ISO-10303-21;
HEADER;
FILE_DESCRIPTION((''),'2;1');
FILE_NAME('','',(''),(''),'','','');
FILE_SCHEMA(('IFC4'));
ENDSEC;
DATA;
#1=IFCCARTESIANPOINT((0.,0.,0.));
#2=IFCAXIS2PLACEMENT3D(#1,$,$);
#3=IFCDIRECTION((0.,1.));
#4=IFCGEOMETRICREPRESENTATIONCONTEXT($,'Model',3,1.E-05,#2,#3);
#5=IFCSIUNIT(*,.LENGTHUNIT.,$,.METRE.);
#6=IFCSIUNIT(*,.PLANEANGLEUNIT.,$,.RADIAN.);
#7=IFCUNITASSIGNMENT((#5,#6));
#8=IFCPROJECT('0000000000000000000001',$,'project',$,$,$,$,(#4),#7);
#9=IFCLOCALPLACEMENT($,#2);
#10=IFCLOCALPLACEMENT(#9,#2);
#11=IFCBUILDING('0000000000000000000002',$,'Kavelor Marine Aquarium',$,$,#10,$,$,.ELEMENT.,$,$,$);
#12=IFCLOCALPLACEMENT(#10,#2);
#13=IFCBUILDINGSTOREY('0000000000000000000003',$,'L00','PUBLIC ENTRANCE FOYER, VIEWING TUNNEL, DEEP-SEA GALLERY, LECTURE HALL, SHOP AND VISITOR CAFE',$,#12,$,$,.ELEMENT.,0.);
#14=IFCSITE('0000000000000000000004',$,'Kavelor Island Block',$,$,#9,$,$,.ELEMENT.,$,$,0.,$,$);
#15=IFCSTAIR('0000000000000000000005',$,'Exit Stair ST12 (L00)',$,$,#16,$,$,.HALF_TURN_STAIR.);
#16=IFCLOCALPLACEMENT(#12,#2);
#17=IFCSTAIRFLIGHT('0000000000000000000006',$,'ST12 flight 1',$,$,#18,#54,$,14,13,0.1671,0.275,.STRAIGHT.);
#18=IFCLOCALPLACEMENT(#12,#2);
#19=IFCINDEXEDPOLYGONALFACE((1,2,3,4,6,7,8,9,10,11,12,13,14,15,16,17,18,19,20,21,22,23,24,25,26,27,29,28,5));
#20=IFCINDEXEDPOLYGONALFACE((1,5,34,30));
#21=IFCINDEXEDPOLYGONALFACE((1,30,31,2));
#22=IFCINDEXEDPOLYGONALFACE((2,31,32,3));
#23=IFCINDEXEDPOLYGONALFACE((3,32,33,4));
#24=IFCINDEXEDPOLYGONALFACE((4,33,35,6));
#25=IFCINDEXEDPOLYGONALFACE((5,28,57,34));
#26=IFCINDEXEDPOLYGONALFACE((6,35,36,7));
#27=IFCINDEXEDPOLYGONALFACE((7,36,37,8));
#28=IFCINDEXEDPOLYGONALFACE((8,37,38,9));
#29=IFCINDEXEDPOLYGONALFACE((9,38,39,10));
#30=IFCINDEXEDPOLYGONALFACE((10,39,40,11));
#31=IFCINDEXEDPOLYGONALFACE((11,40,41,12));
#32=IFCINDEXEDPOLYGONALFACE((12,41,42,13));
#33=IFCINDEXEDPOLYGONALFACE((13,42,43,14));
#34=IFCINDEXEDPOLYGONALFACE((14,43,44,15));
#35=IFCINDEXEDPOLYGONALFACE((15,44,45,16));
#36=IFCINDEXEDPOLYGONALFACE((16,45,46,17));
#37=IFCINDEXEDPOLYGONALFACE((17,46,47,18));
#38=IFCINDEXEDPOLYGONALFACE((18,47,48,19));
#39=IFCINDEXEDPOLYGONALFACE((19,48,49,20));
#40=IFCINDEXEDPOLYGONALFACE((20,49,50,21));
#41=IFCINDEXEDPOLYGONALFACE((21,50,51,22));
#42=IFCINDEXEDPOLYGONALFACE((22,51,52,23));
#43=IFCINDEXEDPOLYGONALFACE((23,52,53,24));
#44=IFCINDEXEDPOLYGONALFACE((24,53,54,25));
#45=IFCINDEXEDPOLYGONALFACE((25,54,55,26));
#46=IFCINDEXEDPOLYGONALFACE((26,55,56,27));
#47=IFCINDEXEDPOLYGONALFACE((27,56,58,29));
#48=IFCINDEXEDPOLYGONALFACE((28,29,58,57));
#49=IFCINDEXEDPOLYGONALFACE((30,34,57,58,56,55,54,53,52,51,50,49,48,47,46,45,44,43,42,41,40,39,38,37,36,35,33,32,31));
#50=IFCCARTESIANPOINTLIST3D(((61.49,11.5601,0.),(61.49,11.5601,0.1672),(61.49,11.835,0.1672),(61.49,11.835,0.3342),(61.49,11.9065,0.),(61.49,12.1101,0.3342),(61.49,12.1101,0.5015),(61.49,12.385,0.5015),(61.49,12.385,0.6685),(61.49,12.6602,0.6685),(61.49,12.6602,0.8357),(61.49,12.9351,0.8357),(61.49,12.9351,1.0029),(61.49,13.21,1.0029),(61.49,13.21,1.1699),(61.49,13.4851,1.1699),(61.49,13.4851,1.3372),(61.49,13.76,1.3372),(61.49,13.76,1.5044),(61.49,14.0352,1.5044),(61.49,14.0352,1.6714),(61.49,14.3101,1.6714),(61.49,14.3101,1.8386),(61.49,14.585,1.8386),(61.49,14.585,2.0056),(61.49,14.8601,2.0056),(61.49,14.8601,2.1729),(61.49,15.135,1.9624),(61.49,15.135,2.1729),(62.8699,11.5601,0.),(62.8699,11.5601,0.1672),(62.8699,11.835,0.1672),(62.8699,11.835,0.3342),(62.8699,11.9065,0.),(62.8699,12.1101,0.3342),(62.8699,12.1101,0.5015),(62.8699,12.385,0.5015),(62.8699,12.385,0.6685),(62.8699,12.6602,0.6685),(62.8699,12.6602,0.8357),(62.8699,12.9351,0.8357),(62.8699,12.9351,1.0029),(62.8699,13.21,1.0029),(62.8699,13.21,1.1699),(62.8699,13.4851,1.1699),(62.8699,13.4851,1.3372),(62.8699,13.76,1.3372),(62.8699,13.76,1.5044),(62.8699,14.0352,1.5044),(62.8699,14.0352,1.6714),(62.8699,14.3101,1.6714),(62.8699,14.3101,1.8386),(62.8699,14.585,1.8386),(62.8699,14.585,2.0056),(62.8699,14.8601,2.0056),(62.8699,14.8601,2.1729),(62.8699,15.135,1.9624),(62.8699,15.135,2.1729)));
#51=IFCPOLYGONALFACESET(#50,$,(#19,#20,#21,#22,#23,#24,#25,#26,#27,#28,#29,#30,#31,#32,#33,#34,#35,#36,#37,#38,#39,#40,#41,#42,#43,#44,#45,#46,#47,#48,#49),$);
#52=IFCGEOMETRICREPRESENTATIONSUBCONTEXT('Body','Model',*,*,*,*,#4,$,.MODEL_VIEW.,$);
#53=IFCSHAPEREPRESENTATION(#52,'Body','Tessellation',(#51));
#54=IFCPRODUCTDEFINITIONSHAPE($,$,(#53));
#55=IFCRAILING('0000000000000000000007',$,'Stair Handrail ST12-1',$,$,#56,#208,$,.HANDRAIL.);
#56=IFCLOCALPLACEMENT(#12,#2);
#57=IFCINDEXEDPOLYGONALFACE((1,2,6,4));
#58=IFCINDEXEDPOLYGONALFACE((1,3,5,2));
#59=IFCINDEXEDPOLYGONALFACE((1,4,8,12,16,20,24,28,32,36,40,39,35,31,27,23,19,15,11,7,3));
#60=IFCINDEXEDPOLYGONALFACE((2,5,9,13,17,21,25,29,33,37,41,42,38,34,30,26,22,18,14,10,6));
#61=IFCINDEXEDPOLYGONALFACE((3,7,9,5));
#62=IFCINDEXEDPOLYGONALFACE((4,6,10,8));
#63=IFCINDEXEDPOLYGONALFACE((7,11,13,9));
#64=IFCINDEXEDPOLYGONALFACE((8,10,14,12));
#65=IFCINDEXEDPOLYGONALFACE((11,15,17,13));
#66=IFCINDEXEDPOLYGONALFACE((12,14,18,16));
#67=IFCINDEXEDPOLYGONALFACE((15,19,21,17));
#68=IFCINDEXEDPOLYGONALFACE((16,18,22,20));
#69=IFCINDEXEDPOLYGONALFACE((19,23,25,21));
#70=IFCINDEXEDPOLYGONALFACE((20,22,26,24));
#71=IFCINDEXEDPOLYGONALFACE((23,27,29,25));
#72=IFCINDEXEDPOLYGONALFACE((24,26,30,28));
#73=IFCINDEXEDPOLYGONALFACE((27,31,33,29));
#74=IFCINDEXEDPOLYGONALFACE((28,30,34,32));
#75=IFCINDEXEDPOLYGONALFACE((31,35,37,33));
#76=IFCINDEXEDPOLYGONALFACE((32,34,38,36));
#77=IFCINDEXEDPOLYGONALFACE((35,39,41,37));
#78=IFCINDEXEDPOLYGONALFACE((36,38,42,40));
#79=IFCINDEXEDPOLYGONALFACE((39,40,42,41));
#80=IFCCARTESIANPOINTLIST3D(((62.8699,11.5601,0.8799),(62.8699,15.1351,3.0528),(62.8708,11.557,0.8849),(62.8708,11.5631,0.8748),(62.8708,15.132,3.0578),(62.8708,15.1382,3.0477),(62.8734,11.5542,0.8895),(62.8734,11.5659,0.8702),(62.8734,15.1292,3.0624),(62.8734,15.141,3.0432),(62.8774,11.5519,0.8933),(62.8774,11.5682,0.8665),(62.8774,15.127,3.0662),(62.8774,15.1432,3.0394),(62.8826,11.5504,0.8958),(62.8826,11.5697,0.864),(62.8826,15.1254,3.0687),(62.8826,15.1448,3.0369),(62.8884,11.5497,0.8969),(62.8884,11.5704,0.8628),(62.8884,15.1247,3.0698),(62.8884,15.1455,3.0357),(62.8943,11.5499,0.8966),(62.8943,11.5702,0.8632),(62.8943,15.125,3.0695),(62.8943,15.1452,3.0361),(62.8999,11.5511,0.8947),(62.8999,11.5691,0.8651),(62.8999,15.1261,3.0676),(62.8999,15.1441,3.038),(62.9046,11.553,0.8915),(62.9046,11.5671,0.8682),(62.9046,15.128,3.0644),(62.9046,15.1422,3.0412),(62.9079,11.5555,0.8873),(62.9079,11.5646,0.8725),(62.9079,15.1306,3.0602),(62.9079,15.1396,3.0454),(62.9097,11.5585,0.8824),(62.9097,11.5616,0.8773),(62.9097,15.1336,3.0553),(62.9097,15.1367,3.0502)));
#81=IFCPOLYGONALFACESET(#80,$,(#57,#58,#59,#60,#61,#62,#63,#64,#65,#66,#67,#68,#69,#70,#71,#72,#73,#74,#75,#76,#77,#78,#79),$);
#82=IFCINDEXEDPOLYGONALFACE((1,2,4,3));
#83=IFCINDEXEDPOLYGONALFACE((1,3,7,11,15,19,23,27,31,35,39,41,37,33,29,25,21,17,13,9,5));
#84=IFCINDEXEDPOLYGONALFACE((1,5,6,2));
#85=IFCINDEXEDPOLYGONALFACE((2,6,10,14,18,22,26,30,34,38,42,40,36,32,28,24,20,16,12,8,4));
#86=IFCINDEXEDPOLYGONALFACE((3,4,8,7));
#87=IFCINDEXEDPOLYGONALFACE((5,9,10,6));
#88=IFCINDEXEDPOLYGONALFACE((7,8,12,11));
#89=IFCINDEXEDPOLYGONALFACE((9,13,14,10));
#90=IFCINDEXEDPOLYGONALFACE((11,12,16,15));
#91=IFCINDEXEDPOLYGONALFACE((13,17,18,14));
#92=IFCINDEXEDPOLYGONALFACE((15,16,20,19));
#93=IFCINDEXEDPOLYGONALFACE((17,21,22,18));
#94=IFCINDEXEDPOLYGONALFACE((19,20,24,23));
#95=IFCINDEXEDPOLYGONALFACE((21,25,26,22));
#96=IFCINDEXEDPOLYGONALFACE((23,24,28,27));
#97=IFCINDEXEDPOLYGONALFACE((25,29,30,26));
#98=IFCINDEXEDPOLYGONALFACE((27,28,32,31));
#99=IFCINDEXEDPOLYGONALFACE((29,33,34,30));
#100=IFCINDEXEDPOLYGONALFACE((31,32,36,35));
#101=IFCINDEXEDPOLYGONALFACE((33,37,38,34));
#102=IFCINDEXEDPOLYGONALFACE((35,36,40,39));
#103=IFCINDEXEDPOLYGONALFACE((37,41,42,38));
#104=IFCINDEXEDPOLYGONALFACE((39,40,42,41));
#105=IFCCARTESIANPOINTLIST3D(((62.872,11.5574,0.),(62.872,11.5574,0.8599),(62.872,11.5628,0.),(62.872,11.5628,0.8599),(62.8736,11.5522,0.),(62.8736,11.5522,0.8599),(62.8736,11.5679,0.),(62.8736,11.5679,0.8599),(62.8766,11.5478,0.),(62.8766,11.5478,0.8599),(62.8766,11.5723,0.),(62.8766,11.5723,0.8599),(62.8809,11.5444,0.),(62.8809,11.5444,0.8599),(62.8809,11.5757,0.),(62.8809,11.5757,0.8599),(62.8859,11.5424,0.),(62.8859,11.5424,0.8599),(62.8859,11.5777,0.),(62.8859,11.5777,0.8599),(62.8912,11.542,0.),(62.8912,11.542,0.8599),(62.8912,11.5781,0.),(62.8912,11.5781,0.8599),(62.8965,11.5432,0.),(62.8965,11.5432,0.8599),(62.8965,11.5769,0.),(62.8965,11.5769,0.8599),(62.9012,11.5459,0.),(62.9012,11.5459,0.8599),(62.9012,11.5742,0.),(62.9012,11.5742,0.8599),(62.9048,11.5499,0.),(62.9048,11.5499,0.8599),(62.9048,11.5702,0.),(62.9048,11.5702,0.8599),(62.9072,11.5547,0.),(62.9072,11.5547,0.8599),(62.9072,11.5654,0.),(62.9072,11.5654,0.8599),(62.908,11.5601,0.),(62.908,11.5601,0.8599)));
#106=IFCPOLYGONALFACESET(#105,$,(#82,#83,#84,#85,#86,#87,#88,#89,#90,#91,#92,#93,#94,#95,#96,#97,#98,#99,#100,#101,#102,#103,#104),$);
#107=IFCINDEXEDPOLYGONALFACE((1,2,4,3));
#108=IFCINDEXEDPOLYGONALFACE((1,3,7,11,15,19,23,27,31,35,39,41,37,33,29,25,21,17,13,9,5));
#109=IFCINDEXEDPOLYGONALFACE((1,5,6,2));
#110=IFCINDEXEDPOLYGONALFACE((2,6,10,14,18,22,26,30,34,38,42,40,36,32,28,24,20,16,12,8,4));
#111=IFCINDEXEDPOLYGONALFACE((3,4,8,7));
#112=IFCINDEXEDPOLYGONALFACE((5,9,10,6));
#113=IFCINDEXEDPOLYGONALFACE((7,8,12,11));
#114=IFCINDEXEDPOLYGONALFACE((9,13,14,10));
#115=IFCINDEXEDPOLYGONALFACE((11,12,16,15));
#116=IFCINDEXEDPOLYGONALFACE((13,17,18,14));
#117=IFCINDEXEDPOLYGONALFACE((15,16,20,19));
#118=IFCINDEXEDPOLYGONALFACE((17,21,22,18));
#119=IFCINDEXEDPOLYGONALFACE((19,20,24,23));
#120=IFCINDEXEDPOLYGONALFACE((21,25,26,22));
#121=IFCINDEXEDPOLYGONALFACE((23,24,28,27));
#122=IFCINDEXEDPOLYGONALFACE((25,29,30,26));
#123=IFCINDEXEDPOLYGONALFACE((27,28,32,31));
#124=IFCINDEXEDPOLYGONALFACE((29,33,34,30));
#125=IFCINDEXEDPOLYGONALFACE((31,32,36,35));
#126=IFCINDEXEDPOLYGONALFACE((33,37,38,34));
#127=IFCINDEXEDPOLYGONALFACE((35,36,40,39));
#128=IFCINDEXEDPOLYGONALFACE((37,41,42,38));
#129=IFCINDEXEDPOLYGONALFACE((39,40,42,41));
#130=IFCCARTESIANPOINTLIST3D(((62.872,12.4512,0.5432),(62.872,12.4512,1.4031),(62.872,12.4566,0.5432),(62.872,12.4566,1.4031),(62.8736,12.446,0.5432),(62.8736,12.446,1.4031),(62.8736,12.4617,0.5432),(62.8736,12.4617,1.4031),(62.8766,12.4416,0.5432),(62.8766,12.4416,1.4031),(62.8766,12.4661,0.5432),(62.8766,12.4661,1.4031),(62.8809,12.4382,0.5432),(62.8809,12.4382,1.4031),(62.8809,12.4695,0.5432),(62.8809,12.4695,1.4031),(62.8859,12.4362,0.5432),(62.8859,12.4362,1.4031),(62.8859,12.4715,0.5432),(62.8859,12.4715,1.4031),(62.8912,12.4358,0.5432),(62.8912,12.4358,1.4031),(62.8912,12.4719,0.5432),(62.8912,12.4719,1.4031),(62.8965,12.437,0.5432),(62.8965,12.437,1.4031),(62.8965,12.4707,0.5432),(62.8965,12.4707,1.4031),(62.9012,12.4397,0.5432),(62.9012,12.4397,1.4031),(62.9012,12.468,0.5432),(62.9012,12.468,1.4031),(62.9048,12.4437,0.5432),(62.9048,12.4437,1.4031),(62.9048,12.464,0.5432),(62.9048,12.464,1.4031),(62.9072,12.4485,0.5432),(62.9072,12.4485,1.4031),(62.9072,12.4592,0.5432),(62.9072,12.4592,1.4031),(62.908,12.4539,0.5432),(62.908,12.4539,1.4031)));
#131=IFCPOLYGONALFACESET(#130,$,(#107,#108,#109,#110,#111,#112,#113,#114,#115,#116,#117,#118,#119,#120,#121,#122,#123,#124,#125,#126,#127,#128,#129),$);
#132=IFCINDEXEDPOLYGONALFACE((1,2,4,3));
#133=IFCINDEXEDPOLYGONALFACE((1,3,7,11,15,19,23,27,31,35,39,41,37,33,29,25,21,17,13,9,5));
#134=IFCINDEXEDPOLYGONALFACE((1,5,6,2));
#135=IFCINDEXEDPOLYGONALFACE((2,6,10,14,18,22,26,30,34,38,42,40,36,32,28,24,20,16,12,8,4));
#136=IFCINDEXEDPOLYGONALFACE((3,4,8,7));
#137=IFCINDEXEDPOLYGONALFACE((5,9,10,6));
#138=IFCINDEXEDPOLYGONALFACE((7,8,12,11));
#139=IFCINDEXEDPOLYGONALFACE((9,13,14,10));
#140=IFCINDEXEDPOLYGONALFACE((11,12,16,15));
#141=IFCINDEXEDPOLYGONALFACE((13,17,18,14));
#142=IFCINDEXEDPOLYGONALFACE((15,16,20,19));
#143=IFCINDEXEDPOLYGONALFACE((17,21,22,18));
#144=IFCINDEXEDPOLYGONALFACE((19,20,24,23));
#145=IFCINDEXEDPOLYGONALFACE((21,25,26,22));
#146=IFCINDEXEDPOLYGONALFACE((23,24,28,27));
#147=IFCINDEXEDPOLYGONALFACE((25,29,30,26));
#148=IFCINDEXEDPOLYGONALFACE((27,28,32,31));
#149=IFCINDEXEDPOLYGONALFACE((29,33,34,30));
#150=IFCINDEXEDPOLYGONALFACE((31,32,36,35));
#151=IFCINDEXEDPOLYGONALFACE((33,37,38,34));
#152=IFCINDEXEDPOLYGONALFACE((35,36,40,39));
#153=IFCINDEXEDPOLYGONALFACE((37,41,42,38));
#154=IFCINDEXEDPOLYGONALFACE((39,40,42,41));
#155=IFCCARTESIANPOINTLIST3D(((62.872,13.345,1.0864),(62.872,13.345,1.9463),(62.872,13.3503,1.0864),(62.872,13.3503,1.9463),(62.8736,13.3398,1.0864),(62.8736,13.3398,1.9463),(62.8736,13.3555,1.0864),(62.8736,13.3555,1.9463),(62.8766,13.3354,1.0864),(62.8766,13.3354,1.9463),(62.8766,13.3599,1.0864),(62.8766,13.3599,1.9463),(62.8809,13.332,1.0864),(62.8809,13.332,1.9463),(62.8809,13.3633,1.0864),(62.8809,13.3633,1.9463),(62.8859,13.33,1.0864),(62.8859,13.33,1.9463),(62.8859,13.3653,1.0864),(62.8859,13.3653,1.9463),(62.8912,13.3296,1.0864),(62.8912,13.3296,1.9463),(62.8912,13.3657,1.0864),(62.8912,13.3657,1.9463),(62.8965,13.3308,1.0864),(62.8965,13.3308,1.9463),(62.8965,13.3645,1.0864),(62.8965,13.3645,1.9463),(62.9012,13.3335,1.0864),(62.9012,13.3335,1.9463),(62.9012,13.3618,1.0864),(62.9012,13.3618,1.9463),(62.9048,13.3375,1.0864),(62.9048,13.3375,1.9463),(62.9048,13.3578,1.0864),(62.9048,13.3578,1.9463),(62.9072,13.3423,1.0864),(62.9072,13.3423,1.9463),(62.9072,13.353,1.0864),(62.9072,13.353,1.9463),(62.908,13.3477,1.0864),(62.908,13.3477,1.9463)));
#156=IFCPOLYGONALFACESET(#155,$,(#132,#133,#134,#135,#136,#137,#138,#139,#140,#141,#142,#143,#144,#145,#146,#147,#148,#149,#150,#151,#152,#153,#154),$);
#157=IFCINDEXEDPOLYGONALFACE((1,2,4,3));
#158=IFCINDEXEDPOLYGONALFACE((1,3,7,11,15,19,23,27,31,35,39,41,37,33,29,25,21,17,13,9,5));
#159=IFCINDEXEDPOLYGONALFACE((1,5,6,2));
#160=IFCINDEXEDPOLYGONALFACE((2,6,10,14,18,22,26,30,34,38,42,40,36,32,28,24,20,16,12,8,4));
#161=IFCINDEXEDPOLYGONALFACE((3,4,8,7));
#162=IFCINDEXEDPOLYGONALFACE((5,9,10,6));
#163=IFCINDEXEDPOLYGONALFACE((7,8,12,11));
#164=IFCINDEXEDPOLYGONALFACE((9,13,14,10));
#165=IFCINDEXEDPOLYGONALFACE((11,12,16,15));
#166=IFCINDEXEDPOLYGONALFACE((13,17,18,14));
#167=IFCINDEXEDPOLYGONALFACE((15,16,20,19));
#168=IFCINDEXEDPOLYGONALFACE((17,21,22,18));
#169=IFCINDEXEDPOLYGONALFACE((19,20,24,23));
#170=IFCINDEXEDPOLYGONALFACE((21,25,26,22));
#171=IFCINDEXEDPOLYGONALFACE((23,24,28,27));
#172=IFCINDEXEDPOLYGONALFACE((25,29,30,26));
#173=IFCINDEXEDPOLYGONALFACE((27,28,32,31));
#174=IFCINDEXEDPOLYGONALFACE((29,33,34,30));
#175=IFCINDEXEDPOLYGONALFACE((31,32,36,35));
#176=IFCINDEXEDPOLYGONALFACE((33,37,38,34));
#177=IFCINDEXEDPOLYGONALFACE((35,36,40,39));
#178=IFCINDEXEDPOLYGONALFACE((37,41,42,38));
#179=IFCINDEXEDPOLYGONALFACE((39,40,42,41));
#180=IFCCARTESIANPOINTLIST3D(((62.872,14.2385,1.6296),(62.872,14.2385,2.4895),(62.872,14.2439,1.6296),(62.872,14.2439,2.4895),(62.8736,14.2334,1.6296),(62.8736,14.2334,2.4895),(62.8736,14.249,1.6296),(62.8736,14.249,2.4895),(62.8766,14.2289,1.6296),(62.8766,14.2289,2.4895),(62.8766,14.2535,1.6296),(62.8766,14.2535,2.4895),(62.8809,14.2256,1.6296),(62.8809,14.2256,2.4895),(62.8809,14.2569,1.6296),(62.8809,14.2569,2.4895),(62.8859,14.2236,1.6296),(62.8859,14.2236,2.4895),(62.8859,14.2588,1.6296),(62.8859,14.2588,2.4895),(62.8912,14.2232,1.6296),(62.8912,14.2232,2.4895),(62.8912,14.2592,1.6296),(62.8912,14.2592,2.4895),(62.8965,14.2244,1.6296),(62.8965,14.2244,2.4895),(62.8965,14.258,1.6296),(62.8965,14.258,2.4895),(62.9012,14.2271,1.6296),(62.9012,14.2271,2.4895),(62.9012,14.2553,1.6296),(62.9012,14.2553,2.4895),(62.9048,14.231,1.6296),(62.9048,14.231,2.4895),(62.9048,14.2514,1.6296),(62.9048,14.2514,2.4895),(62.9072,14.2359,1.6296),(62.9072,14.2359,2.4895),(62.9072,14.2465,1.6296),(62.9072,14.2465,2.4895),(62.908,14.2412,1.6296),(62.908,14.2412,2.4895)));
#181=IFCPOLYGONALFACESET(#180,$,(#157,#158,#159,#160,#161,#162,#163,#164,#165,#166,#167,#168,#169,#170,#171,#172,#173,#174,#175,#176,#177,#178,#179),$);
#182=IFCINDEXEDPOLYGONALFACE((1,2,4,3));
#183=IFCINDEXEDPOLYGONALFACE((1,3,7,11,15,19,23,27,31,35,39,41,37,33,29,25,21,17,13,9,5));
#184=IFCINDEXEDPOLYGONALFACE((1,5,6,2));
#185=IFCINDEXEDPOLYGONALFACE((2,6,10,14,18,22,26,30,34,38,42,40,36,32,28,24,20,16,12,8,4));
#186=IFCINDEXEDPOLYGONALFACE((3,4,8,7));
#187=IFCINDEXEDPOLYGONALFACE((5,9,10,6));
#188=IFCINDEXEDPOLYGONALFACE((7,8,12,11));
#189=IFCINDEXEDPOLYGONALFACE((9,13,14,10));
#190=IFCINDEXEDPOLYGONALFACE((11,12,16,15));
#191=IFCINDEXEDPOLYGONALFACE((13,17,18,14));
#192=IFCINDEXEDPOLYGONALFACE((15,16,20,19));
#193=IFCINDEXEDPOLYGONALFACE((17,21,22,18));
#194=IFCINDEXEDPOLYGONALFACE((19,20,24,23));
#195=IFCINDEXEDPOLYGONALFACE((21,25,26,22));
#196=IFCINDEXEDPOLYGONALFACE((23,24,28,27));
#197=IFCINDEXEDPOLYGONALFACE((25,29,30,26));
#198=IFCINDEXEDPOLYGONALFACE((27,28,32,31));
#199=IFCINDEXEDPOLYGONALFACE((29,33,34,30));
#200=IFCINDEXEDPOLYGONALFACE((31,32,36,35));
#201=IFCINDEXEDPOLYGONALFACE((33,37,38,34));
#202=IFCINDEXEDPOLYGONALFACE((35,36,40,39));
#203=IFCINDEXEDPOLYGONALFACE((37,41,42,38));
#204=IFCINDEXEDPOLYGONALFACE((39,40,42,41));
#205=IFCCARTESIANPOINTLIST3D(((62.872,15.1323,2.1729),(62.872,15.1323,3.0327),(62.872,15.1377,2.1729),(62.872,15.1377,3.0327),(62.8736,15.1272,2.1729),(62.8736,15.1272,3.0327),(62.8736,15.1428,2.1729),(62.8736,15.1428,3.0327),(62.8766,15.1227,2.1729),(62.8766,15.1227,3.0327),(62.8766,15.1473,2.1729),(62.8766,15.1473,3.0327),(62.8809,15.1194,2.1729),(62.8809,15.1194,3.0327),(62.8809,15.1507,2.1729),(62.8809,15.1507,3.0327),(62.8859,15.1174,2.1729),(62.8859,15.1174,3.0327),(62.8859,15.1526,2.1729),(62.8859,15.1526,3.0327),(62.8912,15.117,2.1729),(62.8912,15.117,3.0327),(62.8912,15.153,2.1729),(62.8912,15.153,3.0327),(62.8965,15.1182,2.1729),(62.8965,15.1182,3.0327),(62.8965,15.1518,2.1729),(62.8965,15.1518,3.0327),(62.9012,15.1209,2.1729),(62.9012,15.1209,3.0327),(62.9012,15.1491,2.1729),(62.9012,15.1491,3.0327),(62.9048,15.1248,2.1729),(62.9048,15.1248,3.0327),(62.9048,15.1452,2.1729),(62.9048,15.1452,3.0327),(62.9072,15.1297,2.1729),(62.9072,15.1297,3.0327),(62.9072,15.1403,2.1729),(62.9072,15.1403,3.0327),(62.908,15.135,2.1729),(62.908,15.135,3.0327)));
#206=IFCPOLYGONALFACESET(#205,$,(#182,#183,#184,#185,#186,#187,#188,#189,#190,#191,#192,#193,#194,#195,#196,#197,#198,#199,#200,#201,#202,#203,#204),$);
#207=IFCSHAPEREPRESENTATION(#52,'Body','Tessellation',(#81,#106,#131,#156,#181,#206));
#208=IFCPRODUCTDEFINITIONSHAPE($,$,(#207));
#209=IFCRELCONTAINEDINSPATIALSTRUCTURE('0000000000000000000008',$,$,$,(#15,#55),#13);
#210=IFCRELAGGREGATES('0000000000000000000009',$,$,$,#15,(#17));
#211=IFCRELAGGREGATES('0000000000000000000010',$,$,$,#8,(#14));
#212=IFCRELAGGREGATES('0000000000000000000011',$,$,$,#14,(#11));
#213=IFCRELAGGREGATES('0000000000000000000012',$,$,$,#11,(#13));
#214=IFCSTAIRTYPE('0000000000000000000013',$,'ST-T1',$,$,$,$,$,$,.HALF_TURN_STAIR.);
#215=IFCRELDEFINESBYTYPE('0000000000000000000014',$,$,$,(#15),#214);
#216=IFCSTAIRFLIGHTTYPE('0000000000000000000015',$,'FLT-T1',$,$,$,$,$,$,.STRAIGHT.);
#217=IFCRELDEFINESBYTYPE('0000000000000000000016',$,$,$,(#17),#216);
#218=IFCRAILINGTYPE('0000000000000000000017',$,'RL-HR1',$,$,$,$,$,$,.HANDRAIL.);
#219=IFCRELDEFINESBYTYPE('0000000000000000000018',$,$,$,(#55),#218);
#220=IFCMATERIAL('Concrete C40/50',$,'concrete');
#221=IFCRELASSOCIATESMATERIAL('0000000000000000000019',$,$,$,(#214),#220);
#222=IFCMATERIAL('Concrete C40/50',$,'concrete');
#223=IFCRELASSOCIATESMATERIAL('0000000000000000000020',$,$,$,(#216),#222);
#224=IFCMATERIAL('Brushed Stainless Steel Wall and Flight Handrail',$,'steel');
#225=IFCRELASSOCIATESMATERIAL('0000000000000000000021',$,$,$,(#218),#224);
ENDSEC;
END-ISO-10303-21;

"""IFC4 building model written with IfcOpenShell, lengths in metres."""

from ifc_helpers import new_model, si_unit, direction, frame, origin, origin_2d, place, context, subcontext, project, spatial, polyline, circle, outline, extrude, material, type_object, element, aggregate, save


model = new_model("IFC4")

# Units and contexts
model_context = context("Model", 3, precision=1e-05, world=origin(), true_north=direction((0.0, 1.0)))
body_context = subcontext(model_context, "Body", "Model", "MODEL_VIEW")
ifc_project = project(units=[si_unit("LENGTHUNIT", "METRE"), si_unit("PLANEANGLEUNIT", "RADIAN")], contexts=[model_context])

# Site, building, storey
site_placement = place(None, origin())
site = spatial("IfcSite", under=ifc_project, at=site_placement, Name="Kavelor Island Block", CompositionType="ELEMENT", RefElevation=0.0)
building_placement = place(site_placement, origin())
building = spatial("IfcBuilding", under=site, at=building_placement, Name="Kavelor Marine Aquarium", CompositionType="ELEMENT")
storey_placement = place(building_placement, origin())
storey = spatial("IfcBuildingStorey", under=building, at=storey_placement, Name="L00", Description="PUBLIC ENTRANCE FOYER, VIEWING TUNNEL, DEEP-SEA GALLERY, LECTURE HALL, SHOP AND VISITOR CAFE", CompositionType="ELEMENT", Elevation=0.0)

# Stair, stair flight
ifc_material_1 = material(Name="Concrete C40/50", Category="concrete")
stair_type = type_object("IfcStairType", Name="ST-T1", PredefinedType="HALF_TURN_STAIR", material=ifc_material_1)
stair_placement = place(storey_placement, origin())
stair = element("IfcStair", 1, at=stair_placement, inside=storey, type_object=stair_type, Name="Exit Stair ST12 (L00)", PredefinedType="HALF_TURN_STAIR")
ifc_material_2 = material(Name="Concrete C40/50", Category="concrete")
stair_flight_type = type_object("IfcStairFlightType", Name="FLT-T1", PredefinedType="STRAIGHT", material=ifc_material_2)
stair_flight_placement = place(storey_placement, frame((62.1799, 11.5601, 0.0), z_axis=(0.0, 0.0, 1.0), x_axis=(0.0, 1.0, 0.0)))
stair_flight = element("IfcStairFlight", 2, at=stair_flight_placement, type_object=stair_flight_type, Name="ST12 flight 1", NumberOfRisers=14, NumberOfTreads=13, PredefinedType="STRAIGHT", RiserHeight=0.1671, TreadLength=0.275, context=body_context, shape_type="SweptSolid", body=[
    extrude(outline(polyline([(0.0, 0.0), (0.0, 0.1672), (0.2749, 0.1672), (0.2749, 0.3342), (0.55, 0.3342), (0.55, 0.5015), (0.825, 0.5015), (0.825, 0.6685), (1.1001, 0.6685), (1.1001, 0.8357), (1.375, 0.8357), (1.375, 1.0029), (1.6499, 1.0029), (1.6499, 1.1699), (1.925, 1.1699), (1.925, 1.3372), (2.2, 1.3372), (2.2, 1.5044), (2.4751, 1.5044), (2.4751, 1.6714), (2.75, 1.6714), (2.75, 1.8386), (3.0249, 1.8386), (3.0249, 2.0056), (3.3, 2.0056), (3.3, 2.1729), (3.575, 2.1729), (3.575, 2.3401), (3.575, 1.9624), (0.3464, 0.0), (0.0, 0.0)])), frame((0.0, 0.6899, 0.0), z_axis=(0.0, -1.0, 0.0), x_axis=(1.0, 0.0, 0.0)), (0.0, 0.0, 1.0), 1.3799),
])
aggregate(stair, [stair_flight])

# Railing
ifc_material_3 = material(Name="Brushed Stainless Steel Wall and Flight Handrail", Category="steel")
railing_type_1 = type_object("IfcRailingType", Name="RL-HR1", PredefinedType="HANDRAIL", material=ifc_material_3)
railing_1_placement = place(storey_placement, frame((62.8899, 11.5601, 0.0)))
element("IfcRailing", 3, at=railing_1_placement, inside=storey, type_object=railing_type_1, Name="Stair Handrail ST12-1", PredefinedType="HANDRAIL", context=body_context, shape_type="SweptSolid", body=[
    extrude(circle(Radius=0.02, at=origin_2d()), frame((0.0, 0.0, 0.8799), z_axis=(0.0, 0.854539, 0.519388), x_axis=(-1.0, 0.0, 0.0)), (0.0, 0.0, 1.0), 4.1836),
    extrude(circle(Radius=0.0181, at=origin_2d()), origin(), (0.0, 0.0, 1.0), 0.8599),
    extrude(circle(Radius=0.0181, at=origin_2d()), frame((0.0, 0.8938, 0.5432)), (0.0, 0.0, 1.0), 0.8599),
    extrude(circle(Radius=0.0181, at=origin_2d()), frame((0.0, 1.7876, 1.0864)), (0.0, 0.0, 1.0), 0.8599),
    extrude(circle(Radius=0.0181, at=origin_2d()), frame((0.0, 2.6812, 1.6296)), (0.0, 0.0, 1.0), 0.8599),
    extrude(circle(Radius=0.0181, at=origin_2d()), frame((0.0, 3.575, 2.1729)), (0.0, 0.0, 1.0), 0.8599),
])

save(model, "model.ifc")
